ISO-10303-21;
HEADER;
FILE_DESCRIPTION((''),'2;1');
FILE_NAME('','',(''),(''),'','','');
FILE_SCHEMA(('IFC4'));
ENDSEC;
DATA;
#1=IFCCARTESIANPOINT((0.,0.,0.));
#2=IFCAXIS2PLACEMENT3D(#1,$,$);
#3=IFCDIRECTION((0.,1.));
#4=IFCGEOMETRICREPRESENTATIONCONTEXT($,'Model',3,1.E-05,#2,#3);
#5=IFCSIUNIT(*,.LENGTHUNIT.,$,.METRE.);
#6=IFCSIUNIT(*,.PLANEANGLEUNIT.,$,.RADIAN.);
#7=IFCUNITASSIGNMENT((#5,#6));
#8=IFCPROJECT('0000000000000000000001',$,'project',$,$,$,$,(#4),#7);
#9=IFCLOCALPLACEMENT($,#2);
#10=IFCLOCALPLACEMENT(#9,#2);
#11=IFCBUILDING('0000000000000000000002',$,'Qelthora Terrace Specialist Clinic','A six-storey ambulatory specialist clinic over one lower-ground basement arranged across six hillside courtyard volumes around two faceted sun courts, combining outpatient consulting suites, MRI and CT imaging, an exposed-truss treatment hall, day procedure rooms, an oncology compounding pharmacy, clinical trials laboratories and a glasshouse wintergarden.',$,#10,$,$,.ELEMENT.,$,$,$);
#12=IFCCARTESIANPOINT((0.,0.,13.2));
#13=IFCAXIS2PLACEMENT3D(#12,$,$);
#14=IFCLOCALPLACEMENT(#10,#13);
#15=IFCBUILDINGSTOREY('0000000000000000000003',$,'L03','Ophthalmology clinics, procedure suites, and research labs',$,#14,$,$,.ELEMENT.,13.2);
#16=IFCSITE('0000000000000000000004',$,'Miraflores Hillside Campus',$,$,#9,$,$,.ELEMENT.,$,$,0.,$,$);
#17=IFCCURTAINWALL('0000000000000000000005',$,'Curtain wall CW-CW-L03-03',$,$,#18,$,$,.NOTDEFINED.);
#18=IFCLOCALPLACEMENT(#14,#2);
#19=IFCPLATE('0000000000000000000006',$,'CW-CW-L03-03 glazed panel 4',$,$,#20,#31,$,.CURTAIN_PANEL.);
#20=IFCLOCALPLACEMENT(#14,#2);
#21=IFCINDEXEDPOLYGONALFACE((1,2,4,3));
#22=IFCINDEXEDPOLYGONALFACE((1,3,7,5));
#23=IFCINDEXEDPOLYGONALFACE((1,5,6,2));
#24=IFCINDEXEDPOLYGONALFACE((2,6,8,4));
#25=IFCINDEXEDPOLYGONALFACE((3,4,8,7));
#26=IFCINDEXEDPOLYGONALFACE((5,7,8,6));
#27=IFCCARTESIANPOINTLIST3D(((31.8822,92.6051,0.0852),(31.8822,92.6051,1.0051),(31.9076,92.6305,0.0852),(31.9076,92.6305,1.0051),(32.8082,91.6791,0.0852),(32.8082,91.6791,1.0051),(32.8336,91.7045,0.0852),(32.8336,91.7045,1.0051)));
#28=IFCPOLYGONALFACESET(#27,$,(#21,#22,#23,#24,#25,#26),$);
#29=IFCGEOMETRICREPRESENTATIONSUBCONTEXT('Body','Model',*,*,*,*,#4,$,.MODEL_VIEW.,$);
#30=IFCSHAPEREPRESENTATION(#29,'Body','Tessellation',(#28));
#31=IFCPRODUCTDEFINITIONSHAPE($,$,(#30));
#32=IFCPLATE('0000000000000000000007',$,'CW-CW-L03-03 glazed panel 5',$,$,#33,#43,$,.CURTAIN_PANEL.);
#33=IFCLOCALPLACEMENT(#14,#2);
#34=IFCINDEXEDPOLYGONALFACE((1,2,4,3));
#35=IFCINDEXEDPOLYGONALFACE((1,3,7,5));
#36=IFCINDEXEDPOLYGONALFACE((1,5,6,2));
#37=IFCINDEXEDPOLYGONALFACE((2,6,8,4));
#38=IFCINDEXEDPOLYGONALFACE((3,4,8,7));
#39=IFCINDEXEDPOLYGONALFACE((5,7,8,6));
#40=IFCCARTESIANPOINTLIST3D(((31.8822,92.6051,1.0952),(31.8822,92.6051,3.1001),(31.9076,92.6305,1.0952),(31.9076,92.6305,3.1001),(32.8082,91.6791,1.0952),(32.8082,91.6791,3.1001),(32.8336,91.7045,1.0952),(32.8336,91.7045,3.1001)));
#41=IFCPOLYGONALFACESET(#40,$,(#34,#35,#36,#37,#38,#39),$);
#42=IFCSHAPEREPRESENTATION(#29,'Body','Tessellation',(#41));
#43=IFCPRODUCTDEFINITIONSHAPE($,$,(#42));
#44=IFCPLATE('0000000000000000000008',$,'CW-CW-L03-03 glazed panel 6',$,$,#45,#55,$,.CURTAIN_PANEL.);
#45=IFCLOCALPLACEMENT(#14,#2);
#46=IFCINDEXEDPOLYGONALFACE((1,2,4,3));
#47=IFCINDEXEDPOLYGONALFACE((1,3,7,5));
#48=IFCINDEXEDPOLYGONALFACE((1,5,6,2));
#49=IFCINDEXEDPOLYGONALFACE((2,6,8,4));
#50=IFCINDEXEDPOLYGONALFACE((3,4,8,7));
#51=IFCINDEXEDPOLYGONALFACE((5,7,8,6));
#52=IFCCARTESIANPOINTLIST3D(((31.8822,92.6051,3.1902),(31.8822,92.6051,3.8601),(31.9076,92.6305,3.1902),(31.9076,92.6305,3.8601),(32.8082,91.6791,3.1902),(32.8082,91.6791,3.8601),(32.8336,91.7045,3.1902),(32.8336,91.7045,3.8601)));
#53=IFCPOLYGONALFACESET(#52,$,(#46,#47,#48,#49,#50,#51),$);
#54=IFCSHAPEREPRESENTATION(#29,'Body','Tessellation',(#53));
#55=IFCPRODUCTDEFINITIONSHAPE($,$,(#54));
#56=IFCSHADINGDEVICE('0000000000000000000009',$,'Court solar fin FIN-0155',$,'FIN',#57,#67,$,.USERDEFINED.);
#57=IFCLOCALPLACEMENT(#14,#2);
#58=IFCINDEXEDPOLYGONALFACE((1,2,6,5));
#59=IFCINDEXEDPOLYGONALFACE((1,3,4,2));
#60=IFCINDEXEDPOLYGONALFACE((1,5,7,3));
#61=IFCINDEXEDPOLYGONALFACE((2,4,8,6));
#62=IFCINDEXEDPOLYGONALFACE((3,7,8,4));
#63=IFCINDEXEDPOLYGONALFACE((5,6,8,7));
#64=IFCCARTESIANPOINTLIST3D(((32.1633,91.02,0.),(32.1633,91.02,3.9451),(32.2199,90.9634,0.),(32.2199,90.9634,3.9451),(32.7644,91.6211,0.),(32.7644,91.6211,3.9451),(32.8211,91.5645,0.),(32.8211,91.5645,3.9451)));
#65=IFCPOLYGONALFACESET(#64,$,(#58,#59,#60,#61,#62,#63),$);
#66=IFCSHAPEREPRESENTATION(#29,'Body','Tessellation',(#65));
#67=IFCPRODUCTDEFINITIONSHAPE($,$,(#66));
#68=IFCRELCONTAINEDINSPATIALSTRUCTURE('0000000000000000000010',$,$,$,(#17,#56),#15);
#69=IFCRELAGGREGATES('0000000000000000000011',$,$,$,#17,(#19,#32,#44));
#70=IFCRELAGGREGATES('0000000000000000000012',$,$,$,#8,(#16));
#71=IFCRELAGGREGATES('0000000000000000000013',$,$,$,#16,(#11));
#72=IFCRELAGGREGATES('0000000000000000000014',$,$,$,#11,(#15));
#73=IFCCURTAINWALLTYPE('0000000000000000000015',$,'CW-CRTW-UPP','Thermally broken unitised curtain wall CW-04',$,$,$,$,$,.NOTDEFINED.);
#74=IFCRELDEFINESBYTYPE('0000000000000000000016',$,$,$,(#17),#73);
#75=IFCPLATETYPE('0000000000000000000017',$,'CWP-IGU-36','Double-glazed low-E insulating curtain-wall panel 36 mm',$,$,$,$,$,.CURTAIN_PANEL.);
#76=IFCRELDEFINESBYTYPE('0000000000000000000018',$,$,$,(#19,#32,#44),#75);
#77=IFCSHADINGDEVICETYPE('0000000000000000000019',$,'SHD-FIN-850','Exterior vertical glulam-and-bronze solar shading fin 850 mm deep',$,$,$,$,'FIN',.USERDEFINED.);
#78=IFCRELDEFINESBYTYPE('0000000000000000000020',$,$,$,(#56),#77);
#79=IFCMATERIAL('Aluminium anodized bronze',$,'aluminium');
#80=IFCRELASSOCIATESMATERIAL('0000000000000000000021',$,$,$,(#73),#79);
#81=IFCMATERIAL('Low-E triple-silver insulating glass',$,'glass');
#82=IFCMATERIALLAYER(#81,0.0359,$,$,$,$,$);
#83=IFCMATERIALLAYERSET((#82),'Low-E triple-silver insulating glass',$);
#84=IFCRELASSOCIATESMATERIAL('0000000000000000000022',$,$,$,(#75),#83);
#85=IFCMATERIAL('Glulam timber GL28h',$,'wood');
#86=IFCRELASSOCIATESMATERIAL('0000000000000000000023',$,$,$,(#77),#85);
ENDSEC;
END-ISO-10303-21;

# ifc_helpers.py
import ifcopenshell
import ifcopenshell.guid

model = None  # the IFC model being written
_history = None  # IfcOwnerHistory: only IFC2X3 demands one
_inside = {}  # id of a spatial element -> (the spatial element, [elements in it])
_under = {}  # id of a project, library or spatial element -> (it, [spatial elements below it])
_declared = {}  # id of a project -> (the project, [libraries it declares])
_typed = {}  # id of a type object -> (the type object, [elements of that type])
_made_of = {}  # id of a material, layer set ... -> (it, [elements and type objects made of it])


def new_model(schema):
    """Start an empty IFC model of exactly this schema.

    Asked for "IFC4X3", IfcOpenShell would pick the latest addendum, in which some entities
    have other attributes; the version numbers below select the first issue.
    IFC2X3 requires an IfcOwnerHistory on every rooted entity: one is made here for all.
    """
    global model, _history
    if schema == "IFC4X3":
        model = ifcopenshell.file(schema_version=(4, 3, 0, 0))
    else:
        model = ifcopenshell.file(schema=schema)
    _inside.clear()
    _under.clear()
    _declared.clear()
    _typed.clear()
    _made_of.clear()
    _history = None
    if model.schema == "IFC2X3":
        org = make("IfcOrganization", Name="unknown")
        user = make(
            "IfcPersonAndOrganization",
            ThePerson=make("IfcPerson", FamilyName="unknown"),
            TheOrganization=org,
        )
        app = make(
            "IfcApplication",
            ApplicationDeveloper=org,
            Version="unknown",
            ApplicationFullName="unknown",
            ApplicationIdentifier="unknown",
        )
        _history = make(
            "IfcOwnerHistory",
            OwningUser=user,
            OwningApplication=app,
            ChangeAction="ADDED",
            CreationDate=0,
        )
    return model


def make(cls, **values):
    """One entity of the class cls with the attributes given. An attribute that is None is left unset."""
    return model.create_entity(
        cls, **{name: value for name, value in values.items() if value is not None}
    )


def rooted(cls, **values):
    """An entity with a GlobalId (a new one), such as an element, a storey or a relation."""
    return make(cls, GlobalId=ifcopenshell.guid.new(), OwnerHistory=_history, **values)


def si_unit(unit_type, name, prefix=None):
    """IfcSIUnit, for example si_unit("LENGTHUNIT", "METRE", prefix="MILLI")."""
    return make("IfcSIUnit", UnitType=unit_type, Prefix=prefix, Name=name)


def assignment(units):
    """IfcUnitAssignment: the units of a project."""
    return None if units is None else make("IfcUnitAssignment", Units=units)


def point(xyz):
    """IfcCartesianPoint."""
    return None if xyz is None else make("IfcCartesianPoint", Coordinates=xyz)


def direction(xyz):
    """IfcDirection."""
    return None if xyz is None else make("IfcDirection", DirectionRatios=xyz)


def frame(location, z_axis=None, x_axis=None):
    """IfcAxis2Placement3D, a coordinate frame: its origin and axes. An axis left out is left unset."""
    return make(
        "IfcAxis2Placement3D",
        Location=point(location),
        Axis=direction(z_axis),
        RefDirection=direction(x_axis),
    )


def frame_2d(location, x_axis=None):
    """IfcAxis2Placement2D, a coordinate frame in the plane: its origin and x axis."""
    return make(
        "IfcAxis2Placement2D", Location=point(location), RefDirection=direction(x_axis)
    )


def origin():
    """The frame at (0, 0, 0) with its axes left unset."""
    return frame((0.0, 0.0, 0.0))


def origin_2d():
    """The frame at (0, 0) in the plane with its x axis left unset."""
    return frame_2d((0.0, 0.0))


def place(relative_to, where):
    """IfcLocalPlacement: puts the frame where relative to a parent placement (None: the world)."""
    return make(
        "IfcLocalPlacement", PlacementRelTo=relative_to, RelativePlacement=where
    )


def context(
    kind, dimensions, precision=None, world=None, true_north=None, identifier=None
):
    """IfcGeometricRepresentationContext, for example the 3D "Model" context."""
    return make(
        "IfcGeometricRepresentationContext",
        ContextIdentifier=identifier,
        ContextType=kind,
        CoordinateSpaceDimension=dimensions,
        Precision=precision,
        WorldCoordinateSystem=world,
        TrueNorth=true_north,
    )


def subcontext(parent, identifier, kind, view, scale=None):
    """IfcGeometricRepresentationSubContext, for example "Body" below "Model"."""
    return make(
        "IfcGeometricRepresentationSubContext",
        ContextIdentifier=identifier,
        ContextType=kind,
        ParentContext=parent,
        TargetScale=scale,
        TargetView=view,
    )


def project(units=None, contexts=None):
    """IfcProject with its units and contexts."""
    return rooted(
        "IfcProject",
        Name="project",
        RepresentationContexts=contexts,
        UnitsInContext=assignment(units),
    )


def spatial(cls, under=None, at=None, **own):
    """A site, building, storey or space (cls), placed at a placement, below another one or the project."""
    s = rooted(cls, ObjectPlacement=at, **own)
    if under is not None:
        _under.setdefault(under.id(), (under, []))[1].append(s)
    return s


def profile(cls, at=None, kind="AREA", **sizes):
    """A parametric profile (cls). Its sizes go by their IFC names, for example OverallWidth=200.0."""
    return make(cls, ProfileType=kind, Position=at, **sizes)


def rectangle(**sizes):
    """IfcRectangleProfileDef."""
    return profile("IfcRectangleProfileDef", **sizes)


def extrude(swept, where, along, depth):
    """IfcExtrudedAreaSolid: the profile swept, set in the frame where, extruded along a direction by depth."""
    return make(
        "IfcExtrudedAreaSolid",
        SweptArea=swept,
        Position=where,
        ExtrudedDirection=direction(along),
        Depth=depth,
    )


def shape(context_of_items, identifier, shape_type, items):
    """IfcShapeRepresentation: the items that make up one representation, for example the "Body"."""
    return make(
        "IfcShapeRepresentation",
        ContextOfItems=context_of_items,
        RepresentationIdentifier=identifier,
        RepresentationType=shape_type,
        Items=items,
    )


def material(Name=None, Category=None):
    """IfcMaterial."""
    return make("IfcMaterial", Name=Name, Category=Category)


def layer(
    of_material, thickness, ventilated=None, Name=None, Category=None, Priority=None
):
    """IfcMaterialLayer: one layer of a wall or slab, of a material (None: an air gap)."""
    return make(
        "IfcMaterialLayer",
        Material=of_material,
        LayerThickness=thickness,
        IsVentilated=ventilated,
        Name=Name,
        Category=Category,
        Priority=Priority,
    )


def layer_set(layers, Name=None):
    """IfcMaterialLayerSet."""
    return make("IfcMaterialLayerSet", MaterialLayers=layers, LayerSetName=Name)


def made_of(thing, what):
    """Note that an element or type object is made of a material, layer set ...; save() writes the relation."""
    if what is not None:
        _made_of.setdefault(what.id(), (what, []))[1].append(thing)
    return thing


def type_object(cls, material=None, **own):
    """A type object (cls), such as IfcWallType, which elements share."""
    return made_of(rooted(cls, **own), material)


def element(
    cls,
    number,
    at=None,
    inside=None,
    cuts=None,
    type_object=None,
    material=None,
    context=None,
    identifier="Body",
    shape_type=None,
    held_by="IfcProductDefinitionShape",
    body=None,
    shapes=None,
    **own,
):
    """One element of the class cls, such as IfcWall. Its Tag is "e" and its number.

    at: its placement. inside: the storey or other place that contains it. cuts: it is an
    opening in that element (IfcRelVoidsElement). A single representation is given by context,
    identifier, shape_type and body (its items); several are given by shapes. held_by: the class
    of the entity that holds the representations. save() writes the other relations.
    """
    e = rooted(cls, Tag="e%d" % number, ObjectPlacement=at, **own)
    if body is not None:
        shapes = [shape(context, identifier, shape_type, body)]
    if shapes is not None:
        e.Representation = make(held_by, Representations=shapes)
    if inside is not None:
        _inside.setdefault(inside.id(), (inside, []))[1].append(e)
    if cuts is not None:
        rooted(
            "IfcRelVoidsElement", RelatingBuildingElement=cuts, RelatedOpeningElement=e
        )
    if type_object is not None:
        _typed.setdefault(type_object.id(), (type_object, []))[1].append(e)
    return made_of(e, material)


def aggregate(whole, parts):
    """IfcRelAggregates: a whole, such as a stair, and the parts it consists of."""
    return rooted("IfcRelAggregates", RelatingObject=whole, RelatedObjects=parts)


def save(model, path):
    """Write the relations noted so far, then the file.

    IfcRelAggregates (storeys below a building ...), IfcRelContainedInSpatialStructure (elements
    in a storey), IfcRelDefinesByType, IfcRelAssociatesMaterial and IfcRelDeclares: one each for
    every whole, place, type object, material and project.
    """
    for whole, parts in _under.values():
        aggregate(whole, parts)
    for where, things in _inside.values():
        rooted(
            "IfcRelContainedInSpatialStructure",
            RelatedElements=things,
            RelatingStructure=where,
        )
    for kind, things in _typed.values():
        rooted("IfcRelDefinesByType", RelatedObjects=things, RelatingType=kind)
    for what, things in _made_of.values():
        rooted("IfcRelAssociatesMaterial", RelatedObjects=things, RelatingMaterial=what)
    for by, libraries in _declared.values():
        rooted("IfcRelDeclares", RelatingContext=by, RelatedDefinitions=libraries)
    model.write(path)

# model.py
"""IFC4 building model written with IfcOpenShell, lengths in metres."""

from ifc_helpers import new_model, si_unit, direction, frame, origin, origin_2d, place, context, subcontext, project, spatial, rectangle, extrude, material, layer, layer_set, type_object, element, aggregate, save


model = new_model("IFC4")

# Units and contexts
model_context = context("Model", 3, precision=1e-05, world=origin(), true_north=direction((0.0, 1.0)))
body_context = subcontext(model_context, "Body", "Model", "MODEL_VIEW")
ifc_project = project(units=[si_unit("LENGTHUNIT", "METRE"), si_unit("PLANEANGLEUNIT", "RADIAN")], contexts=[model_context])

# Site, building, storey
site_placement = place(None, origin())
site = spatial("IfcSite", under=ifc_project, at=site_placement, Name="Miraflores Hillside Campus", CompositionType="ELEMENT", RefElevation=0.0)
building_placement = place(site_placement, origin())
building = spatial("IfcBuilding", under=site, at=building_placement, Name="Qelthora Terrace Specialist Clinic", Description="A six-storey ambulatory specialist clinic over one lower-ground basement arranged across six hillside courtyard volumes around two faceted sun courts, combining outpatient consulting suites, MRI and CT imaging, an exposed-truss treatment hall, day procedure rooms, an oncology compounding pharmacy, clinical trials laboratories and a glasshouse wintergarden.", CompositionType="ELEMENT")
storey_placement = place(building_placement, frame((0.0, 0.0, 13.2)))
storey = spatial("IfcBuildingStorey", under=building, at=storey_placement, Name="L03", Description="Ophthalmology clinics, procedure suites, and research labs", CompositionType="ELEMENT", Elevation=13.2)

# Curtain wall
ifc_material_1 = material(Name="Aluminium anodized bronze", Category="aluminium")
curtain_wall_type = type_object("IfcCurtainWallType", Name="CW-CRTW-UPP", Description="Thermally broken unitised curtain wall CW-04", PredefinedType="NOTDEFINED", material=ifc_material_1)
curtain_wall_1_placement = place(storey_placement, origin())
curtain_wall_1 = element("IfcCurtainWall", 1, at=curtain_wall_1_placement, inside=storey, type_object=curtain_wall_type, Name="Curtain wall CW-CW-L03-03", PredefinedType="NOTDEFINED")

# Plates
ifc_material_2 = material(Name="Low-E triple-silver insulating glass", Category="glass")
ifc_layer = layer(ifc_material_2, 0.0359)
ifc_layer_set = layer_set([ifc_layer], Name="Low-E triple-silver insulating glass")
plate_type = type_object("IfcPlateType", Name="CWP-IGU-36", Description="Double-glazed low-E insulating curtain-wall panel 36 mm", PredefinedType="CURTAIN_PANEL", material=ifc_layer_set)
plate_1_placement = place(storey_placement, frame((32.3579, 92.1548, 0.0852), z_axis=(0.0, 0.0, 1.0), x_axis=(-0.707107, 0.707107, 0.0)))
plate_1 = element("IfcPlate", 2, at=plate_1_placement, type_object=plate_type, Name="CW-CW-L03-03 glazed panel 4", PredefinedType="CURTAIN_PANEL", context=body_context, shape_type="SweptSolid", body=[
    extrude(rectangle(XDim=1.3096, YDim=0.0359, at=origin_2d()), origin(), (0.0, 0.0, 1.0), 0.9199),
])
plate_2_placement = place(storey_placement, frame((32.3579, 92.1548, 1.0952), z_axis=(0.0, 0.0, 1.0), x_axis=(-0.707107, 0.707107, 0.0)))
plate_2 = element("IfcPlate", 3, at=plate_2_placement, type_object=plate_type, Name="CW-CW-L03-03 glazed panel 5", PredefinedType="CURTAIN_PANEL", context=body_context, shape_type="SweptSolid", body=[
    extrude(rectangle(XDim=1.3096, YDim=0.0359, at=origin_2d()), origin(), (0.0, 0.0, 1.0), 2.0049),
])
plate_3_placement = place(storey_placement, frame((32.3579, 92.1548, 3.1902), z_axis=(0.0, 0.0, 1.0), x_axis=(-0.707107, 0.707107, 0.0)))
plate_3 = element("IfcPlate", 4, at=plate_3_placement, type_object=plate_type, Name="CW-CW-L03-03 glazed panel 6", PredefinedType="CURTAIN_PANEL", context=body_context, shape_type="SweptSolid", body=[
    extrude(rectangle(XDim=1.3096, YDim=0.0359, at=origin_2d()), origin(), (0.0, 0.0, 1.0), 0.6699),
])
aggregate(curtain_wall_1, [plate_1, plate_2, plate_3])

# Shading device
ifc_material_3 = material(Name="Glulam timber GL28h", Category="wood")
shading_device_type = type_object("IfcShadingDeviceType", Name="SHD-FIN-850", Description="Exterior vertical glulam-and-bronze solar shading fin 850 mm deep", ElementType="FIN", PredefinedType="USERDEFINED", material=ifc_material_3)
shading_device_placement = place(storey_placement, frame((32.4922, 91.2922, 0.0), z_axis=(0.0, 0.0, 1.0), x_axis=(-0.707107, -0.707107, 0.0)))
element("IfcShadingDevice", 5, at=shading_device_placement, inside=storey, type_object=shading_device_type, Name="Court solar fin FIN-0155", ObjectType="FIN", PredefinedType="USERDEFINED", context=body_context, shape_type="SweptSolid", body=[
    extrude(rectangle(XDim=0.8501, YDim=0.0801, at=origin_2d()), origin(), (0.0, 0.0, 1.0), 3.9451),
])

save(model, "model.ifc")
